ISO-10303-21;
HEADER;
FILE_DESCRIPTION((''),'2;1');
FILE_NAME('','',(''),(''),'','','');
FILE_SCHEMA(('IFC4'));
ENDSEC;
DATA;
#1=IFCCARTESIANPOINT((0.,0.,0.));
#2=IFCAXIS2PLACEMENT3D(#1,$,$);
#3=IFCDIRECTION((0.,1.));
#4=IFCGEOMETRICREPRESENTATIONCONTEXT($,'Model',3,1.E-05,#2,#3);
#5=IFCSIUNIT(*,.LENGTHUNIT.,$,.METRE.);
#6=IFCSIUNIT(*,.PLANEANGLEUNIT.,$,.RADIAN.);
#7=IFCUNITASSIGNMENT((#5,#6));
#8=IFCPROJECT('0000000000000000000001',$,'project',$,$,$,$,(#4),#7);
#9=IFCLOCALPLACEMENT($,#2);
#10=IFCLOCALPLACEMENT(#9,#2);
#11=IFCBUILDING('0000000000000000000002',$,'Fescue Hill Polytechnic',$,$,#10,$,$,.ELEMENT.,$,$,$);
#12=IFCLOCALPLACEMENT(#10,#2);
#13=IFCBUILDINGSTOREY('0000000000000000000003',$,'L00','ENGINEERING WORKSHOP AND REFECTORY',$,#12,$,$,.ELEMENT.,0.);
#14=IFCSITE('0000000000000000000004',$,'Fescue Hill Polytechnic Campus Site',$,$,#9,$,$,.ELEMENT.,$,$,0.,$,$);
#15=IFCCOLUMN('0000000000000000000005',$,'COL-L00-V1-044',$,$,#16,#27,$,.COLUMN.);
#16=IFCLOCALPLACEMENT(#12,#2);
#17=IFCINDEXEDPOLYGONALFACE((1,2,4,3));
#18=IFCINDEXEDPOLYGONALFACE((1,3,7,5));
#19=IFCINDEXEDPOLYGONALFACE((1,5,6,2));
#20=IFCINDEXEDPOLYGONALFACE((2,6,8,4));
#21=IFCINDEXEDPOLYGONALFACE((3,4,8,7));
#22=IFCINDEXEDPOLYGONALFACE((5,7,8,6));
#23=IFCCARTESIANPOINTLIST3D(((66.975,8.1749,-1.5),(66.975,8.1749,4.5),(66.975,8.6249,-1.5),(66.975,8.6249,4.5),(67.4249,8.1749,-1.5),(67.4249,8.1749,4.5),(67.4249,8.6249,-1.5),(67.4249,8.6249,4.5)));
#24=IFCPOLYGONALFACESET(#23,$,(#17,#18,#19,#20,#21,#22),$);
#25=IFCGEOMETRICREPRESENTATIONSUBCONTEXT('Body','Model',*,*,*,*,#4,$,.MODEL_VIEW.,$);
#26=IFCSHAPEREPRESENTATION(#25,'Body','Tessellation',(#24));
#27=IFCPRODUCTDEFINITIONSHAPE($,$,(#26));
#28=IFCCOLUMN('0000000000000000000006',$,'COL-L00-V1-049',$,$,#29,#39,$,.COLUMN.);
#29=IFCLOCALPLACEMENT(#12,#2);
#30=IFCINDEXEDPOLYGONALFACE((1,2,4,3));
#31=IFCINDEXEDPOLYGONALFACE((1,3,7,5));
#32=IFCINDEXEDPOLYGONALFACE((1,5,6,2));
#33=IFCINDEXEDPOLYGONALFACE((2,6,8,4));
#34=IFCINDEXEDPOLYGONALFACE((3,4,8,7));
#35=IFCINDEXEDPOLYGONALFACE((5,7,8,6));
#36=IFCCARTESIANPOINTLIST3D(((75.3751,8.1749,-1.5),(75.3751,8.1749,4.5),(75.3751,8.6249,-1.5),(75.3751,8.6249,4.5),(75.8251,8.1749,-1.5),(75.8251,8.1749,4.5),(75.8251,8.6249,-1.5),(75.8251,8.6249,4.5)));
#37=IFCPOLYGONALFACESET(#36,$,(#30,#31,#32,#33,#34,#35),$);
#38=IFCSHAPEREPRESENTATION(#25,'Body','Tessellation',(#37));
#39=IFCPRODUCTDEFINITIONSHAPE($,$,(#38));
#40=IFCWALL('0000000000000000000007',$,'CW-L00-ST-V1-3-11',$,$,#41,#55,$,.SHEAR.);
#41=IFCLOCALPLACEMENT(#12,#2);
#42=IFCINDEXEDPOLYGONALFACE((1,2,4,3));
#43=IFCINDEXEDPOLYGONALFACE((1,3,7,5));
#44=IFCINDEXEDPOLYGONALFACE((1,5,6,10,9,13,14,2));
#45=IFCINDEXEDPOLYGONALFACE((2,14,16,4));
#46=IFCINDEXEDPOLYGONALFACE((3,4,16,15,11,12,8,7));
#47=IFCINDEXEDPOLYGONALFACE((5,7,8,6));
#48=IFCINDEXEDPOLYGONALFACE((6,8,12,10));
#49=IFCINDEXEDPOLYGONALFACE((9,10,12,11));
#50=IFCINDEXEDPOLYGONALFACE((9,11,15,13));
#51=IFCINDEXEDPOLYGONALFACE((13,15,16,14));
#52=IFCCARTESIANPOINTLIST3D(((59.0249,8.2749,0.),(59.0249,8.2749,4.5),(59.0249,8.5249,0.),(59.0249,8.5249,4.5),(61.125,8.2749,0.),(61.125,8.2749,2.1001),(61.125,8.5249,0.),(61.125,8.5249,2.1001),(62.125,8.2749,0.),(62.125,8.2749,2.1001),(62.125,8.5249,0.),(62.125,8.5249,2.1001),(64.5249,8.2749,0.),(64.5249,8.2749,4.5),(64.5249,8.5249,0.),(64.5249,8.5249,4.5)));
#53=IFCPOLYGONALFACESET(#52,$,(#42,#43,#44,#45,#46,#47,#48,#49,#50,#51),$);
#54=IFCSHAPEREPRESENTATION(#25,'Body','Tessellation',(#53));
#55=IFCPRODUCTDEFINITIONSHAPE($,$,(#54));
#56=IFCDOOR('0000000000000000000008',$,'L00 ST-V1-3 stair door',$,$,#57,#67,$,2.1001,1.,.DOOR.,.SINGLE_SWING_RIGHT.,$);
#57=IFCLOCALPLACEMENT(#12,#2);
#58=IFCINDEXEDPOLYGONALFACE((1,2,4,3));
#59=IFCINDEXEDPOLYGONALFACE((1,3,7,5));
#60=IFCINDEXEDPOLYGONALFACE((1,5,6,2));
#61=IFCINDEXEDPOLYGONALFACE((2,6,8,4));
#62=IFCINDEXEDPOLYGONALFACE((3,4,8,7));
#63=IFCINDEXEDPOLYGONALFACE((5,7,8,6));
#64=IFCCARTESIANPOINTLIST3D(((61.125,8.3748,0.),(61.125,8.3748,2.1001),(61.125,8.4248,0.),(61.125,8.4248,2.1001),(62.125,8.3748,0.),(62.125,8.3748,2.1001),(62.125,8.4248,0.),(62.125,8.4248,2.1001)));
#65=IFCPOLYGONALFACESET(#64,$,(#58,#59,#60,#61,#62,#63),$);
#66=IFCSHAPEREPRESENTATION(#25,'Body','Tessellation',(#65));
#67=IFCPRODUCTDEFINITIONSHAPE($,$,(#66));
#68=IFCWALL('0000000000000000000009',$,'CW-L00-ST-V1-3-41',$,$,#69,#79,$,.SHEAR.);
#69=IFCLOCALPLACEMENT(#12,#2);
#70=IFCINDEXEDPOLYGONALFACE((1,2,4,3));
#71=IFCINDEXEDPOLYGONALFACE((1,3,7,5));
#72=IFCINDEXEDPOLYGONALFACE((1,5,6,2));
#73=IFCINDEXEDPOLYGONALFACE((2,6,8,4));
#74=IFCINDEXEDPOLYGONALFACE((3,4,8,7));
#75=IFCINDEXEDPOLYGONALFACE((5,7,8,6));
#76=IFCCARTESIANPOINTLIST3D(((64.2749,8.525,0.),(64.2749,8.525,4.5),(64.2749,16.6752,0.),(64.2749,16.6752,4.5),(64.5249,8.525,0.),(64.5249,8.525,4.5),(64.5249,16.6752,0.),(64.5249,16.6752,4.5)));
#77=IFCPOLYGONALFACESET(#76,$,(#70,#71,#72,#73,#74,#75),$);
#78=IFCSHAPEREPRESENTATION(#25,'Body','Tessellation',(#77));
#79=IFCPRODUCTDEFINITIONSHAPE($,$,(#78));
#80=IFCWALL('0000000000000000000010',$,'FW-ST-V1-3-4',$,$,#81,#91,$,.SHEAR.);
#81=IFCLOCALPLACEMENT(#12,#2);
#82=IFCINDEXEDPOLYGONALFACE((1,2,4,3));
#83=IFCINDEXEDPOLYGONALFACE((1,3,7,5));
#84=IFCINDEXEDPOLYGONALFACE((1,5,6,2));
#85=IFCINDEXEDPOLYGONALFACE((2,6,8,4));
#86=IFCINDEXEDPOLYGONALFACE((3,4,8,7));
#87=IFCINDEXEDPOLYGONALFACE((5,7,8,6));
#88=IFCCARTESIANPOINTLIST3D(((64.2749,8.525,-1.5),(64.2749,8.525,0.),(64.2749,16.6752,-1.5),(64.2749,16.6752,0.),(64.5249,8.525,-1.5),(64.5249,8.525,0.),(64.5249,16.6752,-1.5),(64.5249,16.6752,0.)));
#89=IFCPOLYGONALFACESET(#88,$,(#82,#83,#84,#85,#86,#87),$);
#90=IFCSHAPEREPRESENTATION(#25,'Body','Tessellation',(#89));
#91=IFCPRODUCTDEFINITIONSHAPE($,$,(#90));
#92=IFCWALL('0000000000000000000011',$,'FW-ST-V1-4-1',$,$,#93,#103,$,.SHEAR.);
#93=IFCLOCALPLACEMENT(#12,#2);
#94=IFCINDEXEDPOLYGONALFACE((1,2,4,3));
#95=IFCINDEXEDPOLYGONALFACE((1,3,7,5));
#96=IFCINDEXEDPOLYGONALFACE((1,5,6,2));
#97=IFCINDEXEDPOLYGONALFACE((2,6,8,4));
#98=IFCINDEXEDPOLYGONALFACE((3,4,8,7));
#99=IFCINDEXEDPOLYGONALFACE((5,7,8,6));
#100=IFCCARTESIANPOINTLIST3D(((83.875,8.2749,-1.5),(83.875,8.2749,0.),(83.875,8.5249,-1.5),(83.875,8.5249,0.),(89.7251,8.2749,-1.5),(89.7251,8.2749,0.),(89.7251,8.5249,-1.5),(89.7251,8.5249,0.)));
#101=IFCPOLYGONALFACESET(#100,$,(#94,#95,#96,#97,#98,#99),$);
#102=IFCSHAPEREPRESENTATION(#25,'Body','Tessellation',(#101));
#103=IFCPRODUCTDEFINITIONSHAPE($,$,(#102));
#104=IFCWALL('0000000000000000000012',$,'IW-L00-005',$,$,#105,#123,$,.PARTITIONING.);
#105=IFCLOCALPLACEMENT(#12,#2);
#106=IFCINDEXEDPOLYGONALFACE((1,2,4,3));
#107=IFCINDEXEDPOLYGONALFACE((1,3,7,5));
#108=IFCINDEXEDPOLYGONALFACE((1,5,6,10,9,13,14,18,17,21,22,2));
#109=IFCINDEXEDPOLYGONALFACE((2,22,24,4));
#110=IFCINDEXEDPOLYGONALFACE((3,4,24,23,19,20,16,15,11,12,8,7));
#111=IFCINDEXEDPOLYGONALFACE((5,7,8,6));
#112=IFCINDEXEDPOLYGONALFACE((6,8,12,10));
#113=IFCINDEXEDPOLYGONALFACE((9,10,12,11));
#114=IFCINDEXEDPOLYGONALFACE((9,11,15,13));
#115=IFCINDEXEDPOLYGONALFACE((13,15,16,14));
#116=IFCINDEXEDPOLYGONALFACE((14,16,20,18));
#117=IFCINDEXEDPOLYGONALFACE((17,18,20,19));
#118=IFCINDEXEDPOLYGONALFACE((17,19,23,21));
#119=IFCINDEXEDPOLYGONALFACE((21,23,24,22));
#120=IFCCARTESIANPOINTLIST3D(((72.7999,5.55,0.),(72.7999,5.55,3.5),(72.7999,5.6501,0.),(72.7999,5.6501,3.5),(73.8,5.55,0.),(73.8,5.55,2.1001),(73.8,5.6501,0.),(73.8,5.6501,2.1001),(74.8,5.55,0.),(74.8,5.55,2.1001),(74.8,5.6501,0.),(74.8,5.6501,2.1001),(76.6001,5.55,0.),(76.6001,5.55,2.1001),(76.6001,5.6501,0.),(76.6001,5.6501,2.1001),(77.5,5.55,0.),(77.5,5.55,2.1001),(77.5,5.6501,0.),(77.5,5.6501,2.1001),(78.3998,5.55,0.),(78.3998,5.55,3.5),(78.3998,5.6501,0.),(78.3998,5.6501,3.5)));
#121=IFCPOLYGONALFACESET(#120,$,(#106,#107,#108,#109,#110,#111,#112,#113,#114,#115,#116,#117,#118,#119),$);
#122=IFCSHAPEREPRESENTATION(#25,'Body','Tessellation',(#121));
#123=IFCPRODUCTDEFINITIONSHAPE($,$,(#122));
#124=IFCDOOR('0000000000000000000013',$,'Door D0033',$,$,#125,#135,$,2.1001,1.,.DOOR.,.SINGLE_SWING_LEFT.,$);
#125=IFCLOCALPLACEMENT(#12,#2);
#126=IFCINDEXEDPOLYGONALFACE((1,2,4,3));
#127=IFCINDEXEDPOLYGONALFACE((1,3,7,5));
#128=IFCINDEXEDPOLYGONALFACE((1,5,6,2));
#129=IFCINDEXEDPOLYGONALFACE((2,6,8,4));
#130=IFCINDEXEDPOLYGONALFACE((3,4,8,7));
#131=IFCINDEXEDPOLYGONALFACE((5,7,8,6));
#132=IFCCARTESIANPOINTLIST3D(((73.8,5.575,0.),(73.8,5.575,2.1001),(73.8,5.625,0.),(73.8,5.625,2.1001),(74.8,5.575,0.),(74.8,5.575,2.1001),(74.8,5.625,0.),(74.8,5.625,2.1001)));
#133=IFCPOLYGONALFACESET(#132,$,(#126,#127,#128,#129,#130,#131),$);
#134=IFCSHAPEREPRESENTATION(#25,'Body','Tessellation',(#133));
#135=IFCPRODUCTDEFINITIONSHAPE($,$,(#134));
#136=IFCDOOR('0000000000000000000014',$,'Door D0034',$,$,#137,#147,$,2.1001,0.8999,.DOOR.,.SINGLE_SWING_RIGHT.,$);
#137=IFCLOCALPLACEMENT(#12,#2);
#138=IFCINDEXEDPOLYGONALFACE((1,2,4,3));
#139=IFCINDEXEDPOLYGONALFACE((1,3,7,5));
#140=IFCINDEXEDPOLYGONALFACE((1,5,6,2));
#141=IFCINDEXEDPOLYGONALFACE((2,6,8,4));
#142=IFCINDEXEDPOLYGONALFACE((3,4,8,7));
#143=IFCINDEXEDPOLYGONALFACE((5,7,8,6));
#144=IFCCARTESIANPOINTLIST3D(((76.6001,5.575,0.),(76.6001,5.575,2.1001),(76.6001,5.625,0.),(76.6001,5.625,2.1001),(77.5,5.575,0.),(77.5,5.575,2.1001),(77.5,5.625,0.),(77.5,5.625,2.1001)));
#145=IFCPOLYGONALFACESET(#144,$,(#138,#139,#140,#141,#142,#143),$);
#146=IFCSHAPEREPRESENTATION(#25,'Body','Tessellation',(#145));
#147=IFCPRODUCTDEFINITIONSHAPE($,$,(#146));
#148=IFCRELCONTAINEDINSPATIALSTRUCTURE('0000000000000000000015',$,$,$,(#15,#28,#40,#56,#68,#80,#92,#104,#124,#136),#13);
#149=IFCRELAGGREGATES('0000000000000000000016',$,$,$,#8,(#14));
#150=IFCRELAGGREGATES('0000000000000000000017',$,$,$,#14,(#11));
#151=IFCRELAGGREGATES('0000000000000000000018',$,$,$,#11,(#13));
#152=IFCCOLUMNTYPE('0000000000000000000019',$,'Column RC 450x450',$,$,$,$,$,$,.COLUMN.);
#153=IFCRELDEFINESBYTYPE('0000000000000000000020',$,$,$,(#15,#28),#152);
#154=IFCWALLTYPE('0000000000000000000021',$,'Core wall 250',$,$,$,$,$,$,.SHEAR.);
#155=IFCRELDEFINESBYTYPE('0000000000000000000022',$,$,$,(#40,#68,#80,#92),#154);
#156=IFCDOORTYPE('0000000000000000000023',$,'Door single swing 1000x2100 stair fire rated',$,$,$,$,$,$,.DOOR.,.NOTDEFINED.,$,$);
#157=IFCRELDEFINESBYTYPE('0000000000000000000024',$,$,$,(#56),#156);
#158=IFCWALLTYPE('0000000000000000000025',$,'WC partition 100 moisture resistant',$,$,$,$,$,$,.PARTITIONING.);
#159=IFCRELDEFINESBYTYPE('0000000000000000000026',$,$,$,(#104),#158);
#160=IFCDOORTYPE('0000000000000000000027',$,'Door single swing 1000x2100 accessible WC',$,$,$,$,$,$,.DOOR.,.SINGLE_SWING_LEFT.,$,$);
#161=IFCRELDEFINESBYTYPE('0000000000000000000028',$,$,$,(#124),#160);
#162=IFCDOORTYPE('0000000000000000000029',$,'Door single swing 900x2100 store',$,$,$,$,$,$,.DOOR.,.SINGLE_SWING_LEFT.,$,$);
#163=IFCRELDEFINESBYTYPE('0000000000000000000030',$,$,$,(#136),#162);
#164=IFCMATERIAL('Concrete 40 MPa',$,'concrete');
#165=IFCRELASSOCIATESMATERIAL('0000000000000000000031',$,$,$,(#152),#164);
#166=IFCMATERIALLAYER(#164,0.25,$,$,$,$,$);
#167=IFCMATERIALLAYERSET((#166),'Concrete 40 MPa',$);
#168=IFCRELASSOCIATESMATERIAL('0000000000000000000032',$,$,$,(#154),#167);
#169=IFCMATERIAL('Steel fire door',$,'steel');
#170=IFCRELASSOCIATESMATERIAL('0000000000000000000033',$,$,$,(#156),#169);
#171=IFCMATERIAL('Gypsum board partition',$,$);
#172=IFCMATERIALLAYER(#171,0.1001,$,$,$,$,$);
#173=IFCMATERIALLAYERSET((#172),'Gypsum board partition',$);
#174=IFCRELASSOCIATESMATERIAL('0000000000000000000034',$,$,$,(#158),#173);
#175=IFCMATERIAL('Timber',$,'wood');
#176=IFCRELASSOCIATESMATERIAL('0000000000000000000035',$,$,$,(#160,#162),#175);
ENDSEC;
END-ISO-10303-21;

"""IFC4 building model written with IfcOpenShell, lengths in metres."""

from ifc_helpers import new_model, si_unit, direction, frame, frame_2d, origin, origin_2d, place, context, subcontext, project, spatial, rectangle, extrude, material, layer, layer_set, material_profile, profile_set, type_object, element, fill, save


model = new_model("IFC4")

# Units and contexts
model_context = context("Model", 3, precision=1e-05, world=origin(), true_north=direction((0.0, 1.0)))
body_context = subcontext(model_context, "Body", "Model", "MODEL_VIEW")
ifc_project = project(units=[si_unit("LENGTHUNIT", "METRE"), si_unit("PLANEANGLEUNIT", "RADIAN")], contexts=[model_context])

# Site, building, storey
site_placement = place(None, origin())
site = spatial("IfcSite", under=ifc_project, at=site_placement, Name="Fescue Hill Polytechnic Campus Site", CompositionType="ELEMENT", RefElevation=0.0)
building_placement = place(site_placement, origin())
building = spatial("IfcBuilding", under=site, at=building_placement, Name="Fescue Hill Polytechnic", CompositionType="ELEMENT")
storey_placement = place(building_placement, origin())
storey = spatial("IfcBuildingStorey", under=building, at=storey_placement, Name="L00", Description="ENGINEERING WORKSHOP AND REFECTORY", CompositionType="ELEMENT", Elevation=0.0)

# Columns
ifc_material_1 = material(Name="Concrete 40 MPa", Category="concrete")
ifc_material_profile = material_profile(ifc_material_1, rectangle(XDim=0.45, YDim=0.45, at=origin_2d()), Name="RC 450x450")
ifc_profile_set = profile_set([ifc_material_profile], Name="Concrete 40 MPa")
column_type = type_object("IfcColumnType", Name="Column RC 450x450", PredefinedType="COLUMN", material=ifc_profile_set)
for number, where, z_axis, x_axis, name in (
    (1, (67.2, 8.3999, -1.5), (0.0, 0.0, 1.0), (1.0, 0.0, 0.0), "COL-L00-V1-044"),
    (2, (75.6001, 8.3999, -1.5), (0.0, 0.0, 1.0), (1.0, 0.0, 0.0), "COL-L00-V1-049"),
):
    element("IfcColumn", number, at=place(storey_placement, frame(where, z_axis=z_axis, x_axis=x_axis)), inside=storey, type_object=column_type, Name=name, PredefinedType="COLUMN", context=body_context, shape_type="SweptSolid", body=[
        extrude(rectangle(XDim=0.45, YDim=0.45, at=origin_2d()), origin(), (0.0, 0.0, 1.0), 6.0),
    ])

# Wall, opening, door
ifc_layer_1 = layer(ifc_material_1, 0.25)
ifc_layer_set_1 = layer_set([ifc_layer_1], Name="Concrete 40 MPa")
wall_type_1 = type_object("IfcWallType", Name="Core wall 250", PredefinedType="SHEAR", material=ifc_layer_set_1)
wall_1_placement = place(storey_placement, frame((59.0249, 8.3999, 0.0), z_axis=(0.0, 0.0, 1.0), x_axis=(1.0, 0.0, 0.0)))
wall_1 = element("IfcWall", 3, at=wall_1_placement, inside=storey, type_object=wall_type_1, Name="CW-L00-ST-V1-3-11", PredefinedType="SHEAR", context=body_context, shape_type="SweptSolid", body=[
    extrude(rectangle(XDim=5.5, YDim=0.25, at=frame_2d((2.75, 0.0))), origin(), (0.0, 0.0, 1.0), 4.5),
])
opening_1_placement = place(wall_1_placement, frame((2.1001, 0.0, 0.0)))
opening_1 = element("IfcOpeningElement", 4, at=opening_1_placement, cuts=wall_1, PredefinedType="OPENING", context=body_context, shape_type="SweptSolid", body=[
    extrude(rectangle(XDim=1.0, YDim=2.1001, at=frame_2d((0.5, 1.05))), frame((0.0, 0.135, 0.0), z_axis=(0.0, -1.0, 0.0), x_axis=(1.0, 0.0, 0.0)), (0.0, 0.0, 1.0), 0.27),
])
ifc_material_2 = material(Name="Steel fire door", Category="steel")
door_type_1 = type_object("IfcDoorType", Name="Door single swing 1000x2100 stair fire rated", OperationType="NOTDEFINED", PredefinedType="DOOR", material=ifc_material_2)
door_1_placement = place(opening_1_placement, origin())
door_1 = element("IfcDoor", 5, at=door_1_placement, inside=storey, type_object=door_type_1, Name="L00 ST-V1-3 stair door", OperationType="SINGLE_SWING_RIGHT", OverallHeight=2.1001, OverallWidth=1.0, PredefinedType="DOOR", context=body_context, shape_type="SweptSolid", body=[
    extrude(rectangle(XDim=1.0, YDim=2.1001, at=frame_2d((0.5, 1.05))), frame((0.0, 0.0249, 0.0), z_axis=(0.0, -1.0, 0.0), x_axis=(1.0, 0.0, 0.0)), (0.0, 0.0, 1.0), 0.05),
])
fill(opening_1, door_1)

# Walls
wall_2_placement = place(storey_placement, frame((64.3999, 8.5249, 0.0), z_axis=(0.0, 0.0, 1.0), x_axis=(0.0, 1.0, 0.0)))
element("IfcWall", 6, at=wall_2_placement, inside=storey, type_object=wall_type_1, Name="CW-L00-ST-V1-3-41", PredefinedType="SHEAR", context=body_context, shape_type="SweptSolid", body=[
    extrude(rectangle(XDim=8.1501, YDim=0.25, at=frame_2d((4.0752, 0.0))), origin(), (0.0, 0.0, 1.0), 4.5),
])
wall_3_placement = place(storey_placement, frame((64.3999, 8.5249, -1.5), z_axis=(0.0, 0.0, 1.0), x_axis=(0.0, 1.0, 0.0)))
element("IfcWall", 7, at=wall_3_placement, inside=storey, type_object=wall_type_1, Name="FW-ST-V1-3-4", PredefinedType="SHEAR", context=body_context, shape_type="SweptSolid", body=[
    extrude(rectangle(XDim=8.1501, YDim=0.25, at=frame_2d((4.0752, 0.0))), origin(), (0.0, 0.0, 1.0), 1.5),
])
wall_4_placement = place(storey_placement, frame((83.875, 8.3999, -1.5), z_axis=(0.0, 0.0, 1.0), x_axis=(1.0, 0.0, 0.0)))
element("IfcWall", 8, at=wall_4_placement, inside=storey, type_object=wall_type_1, Name="FW-ST-V1-4-1", PredefinedType="SHEAR", context=body_context, shape_type="SweptSolid", body=[
    extrude(rectangle(XDim=5.8501, YDim=0.25, at=frame_2d((2.925, 0.0))), origin(), (0.0, 0.0, 1.0), 1.5),
])

# Wall, openings, doors
ifc_material_3 = material(Name="Gypsum board partition")
ifc_layer_2 = layer(ifc_material_3, 0.1001)
ifc_layer_set_2 = layer_set([ifc_layer_2], Name="Gypsum board partition")
wall_type_2 = type_object("IfcWallType", Name="WC partition 100 moisture resistant", PredefinedType="PARTITIONING", material=ifc_layer_set_2)
wall_5_placement = place(storey_placement, frame((72.8, 5.6001, 0.0), z_axis=(0.0, 0.0, 1.0), x_axis=(1.0, 0.0, 0.0)))
wall_5 = element("IfcWall", 9, at=wall_5_placement, inside=storey, type_object=wall_type_2, Name="IW-L00-005", PredefinedType="PARTITIONING", context=body_context, shape_type="SweptSolid", body=[
    extrude(rectangle(XDim=5.5999, YDim=0.1001, at=frame_2d((2.7998, 0.0))), origin(), (0.0, 0.0, 1.0), 3.5),
])
opening_2_placement = place(wall_5_placement, frame((1.0, 0.0, 0.0)))
opening_2 = element("IfcOpeningElement", 10, at=opening_2_placement, cuts=wall_5, PredefinedType="OPENING", context=body_context, shape_type="SweptSolid", body=[
    extrude(rectangle(XDim=1.0, YDim=2.1001, at=frame_2d((0.5, 1.05))), frame((0.0, 0.0601, 0.0), z_axis=(0.0, -1.0, 0.0), x_axis=(1.0, 0.0, 0.0)), (0.0, 0.0, 1.0), 0.1201),
])
opening_3_placement = place(wall_5_placement, frame((3.8, 0.0, 0.0)))
opening_3 = element("IfcOpeningElement", 11, at=opening_3_placement, cuts=wall_5, PredefinedType="OPENING", context=body_context, shape_type="SweptSolid", body=[
    extrude(rectangle(XDim=0.8999, YDim=2.1001, at=frame_2d((0.45, 1.05))), frame((0.0, 0.0601, 0.0), z_axis=(0.0, -1.0, 0.0), x_axis=(1.0, 0.0, 0.0)), (0.0, 0.0, 1.0), 0.1201),
])
ifc_material_4 = material(Name="Timber", Category="wood")
door_type_2 = type_object("IfcDoorType", Name="Door single swing 1000x2100 accessible WC", OperationType="SINGLE_SWING_LEFT", PredefinedType="DOOR", material=ifc_material_4)
door_2_placement = place(opening_2_placement, origin())
door_2 = element("IfcDoor", 12, at=door_2_placement, inside=storey, type_object=door_type_2, Name="Door D0033", OperationType="SINGLE_SWING_LEFT", OverallHeight=2.1001, OverallWidth=1.0, PredefinedType="DOOR", context=body_context, shape_type="SweptSolid", body=[
    extrude(rectangle(XDim=1.0, YDim=2.1001, at=frame_2d((0.5, 1.05))), frame((0.0, 0.0249, 0.0), z_axis=(0.0, -1.0, 0.0), x_axis=(1.0, 0.0, 0.0)), (0.0, 0.0, 1.0), 0.05),
])
fill(opening_2, door_2)
door_type_3 = type_object("IfcDoorType", Name="Door single swing 900x2100 store", OperationType="SINGLE_SWING_LEFT", PredefinedType="DOOR", material=ifc_material_4)
door_3_placement = place(opening_3_placement, origin())
door_3 = element("IfcDoor", 13, at=door_3_placement, inside=storey, type_object=door_type_3, Name="Door D0034", OperationType="SINGLE_SWING_RIGHT", OverallHeight=2.1001, OverallWidth=0.8999, PredefinedType="DOOR", context=body_context, shape_type="SweptSolid", body=[
    extrude(rectangle(XDim=0.8999, YDim=2.1001, at=frame_2d((0.45, 1.05))), frame((0.0, 0.0249, 0.0), z_axis=(0.0, -1.0, 0.0), x_axis=(1.0, 0.0, 0.0)), (0.0, 0.0, 1.0), 0.05),
])
fill(opening_3, door_3)

save(model, "model.ifc")
